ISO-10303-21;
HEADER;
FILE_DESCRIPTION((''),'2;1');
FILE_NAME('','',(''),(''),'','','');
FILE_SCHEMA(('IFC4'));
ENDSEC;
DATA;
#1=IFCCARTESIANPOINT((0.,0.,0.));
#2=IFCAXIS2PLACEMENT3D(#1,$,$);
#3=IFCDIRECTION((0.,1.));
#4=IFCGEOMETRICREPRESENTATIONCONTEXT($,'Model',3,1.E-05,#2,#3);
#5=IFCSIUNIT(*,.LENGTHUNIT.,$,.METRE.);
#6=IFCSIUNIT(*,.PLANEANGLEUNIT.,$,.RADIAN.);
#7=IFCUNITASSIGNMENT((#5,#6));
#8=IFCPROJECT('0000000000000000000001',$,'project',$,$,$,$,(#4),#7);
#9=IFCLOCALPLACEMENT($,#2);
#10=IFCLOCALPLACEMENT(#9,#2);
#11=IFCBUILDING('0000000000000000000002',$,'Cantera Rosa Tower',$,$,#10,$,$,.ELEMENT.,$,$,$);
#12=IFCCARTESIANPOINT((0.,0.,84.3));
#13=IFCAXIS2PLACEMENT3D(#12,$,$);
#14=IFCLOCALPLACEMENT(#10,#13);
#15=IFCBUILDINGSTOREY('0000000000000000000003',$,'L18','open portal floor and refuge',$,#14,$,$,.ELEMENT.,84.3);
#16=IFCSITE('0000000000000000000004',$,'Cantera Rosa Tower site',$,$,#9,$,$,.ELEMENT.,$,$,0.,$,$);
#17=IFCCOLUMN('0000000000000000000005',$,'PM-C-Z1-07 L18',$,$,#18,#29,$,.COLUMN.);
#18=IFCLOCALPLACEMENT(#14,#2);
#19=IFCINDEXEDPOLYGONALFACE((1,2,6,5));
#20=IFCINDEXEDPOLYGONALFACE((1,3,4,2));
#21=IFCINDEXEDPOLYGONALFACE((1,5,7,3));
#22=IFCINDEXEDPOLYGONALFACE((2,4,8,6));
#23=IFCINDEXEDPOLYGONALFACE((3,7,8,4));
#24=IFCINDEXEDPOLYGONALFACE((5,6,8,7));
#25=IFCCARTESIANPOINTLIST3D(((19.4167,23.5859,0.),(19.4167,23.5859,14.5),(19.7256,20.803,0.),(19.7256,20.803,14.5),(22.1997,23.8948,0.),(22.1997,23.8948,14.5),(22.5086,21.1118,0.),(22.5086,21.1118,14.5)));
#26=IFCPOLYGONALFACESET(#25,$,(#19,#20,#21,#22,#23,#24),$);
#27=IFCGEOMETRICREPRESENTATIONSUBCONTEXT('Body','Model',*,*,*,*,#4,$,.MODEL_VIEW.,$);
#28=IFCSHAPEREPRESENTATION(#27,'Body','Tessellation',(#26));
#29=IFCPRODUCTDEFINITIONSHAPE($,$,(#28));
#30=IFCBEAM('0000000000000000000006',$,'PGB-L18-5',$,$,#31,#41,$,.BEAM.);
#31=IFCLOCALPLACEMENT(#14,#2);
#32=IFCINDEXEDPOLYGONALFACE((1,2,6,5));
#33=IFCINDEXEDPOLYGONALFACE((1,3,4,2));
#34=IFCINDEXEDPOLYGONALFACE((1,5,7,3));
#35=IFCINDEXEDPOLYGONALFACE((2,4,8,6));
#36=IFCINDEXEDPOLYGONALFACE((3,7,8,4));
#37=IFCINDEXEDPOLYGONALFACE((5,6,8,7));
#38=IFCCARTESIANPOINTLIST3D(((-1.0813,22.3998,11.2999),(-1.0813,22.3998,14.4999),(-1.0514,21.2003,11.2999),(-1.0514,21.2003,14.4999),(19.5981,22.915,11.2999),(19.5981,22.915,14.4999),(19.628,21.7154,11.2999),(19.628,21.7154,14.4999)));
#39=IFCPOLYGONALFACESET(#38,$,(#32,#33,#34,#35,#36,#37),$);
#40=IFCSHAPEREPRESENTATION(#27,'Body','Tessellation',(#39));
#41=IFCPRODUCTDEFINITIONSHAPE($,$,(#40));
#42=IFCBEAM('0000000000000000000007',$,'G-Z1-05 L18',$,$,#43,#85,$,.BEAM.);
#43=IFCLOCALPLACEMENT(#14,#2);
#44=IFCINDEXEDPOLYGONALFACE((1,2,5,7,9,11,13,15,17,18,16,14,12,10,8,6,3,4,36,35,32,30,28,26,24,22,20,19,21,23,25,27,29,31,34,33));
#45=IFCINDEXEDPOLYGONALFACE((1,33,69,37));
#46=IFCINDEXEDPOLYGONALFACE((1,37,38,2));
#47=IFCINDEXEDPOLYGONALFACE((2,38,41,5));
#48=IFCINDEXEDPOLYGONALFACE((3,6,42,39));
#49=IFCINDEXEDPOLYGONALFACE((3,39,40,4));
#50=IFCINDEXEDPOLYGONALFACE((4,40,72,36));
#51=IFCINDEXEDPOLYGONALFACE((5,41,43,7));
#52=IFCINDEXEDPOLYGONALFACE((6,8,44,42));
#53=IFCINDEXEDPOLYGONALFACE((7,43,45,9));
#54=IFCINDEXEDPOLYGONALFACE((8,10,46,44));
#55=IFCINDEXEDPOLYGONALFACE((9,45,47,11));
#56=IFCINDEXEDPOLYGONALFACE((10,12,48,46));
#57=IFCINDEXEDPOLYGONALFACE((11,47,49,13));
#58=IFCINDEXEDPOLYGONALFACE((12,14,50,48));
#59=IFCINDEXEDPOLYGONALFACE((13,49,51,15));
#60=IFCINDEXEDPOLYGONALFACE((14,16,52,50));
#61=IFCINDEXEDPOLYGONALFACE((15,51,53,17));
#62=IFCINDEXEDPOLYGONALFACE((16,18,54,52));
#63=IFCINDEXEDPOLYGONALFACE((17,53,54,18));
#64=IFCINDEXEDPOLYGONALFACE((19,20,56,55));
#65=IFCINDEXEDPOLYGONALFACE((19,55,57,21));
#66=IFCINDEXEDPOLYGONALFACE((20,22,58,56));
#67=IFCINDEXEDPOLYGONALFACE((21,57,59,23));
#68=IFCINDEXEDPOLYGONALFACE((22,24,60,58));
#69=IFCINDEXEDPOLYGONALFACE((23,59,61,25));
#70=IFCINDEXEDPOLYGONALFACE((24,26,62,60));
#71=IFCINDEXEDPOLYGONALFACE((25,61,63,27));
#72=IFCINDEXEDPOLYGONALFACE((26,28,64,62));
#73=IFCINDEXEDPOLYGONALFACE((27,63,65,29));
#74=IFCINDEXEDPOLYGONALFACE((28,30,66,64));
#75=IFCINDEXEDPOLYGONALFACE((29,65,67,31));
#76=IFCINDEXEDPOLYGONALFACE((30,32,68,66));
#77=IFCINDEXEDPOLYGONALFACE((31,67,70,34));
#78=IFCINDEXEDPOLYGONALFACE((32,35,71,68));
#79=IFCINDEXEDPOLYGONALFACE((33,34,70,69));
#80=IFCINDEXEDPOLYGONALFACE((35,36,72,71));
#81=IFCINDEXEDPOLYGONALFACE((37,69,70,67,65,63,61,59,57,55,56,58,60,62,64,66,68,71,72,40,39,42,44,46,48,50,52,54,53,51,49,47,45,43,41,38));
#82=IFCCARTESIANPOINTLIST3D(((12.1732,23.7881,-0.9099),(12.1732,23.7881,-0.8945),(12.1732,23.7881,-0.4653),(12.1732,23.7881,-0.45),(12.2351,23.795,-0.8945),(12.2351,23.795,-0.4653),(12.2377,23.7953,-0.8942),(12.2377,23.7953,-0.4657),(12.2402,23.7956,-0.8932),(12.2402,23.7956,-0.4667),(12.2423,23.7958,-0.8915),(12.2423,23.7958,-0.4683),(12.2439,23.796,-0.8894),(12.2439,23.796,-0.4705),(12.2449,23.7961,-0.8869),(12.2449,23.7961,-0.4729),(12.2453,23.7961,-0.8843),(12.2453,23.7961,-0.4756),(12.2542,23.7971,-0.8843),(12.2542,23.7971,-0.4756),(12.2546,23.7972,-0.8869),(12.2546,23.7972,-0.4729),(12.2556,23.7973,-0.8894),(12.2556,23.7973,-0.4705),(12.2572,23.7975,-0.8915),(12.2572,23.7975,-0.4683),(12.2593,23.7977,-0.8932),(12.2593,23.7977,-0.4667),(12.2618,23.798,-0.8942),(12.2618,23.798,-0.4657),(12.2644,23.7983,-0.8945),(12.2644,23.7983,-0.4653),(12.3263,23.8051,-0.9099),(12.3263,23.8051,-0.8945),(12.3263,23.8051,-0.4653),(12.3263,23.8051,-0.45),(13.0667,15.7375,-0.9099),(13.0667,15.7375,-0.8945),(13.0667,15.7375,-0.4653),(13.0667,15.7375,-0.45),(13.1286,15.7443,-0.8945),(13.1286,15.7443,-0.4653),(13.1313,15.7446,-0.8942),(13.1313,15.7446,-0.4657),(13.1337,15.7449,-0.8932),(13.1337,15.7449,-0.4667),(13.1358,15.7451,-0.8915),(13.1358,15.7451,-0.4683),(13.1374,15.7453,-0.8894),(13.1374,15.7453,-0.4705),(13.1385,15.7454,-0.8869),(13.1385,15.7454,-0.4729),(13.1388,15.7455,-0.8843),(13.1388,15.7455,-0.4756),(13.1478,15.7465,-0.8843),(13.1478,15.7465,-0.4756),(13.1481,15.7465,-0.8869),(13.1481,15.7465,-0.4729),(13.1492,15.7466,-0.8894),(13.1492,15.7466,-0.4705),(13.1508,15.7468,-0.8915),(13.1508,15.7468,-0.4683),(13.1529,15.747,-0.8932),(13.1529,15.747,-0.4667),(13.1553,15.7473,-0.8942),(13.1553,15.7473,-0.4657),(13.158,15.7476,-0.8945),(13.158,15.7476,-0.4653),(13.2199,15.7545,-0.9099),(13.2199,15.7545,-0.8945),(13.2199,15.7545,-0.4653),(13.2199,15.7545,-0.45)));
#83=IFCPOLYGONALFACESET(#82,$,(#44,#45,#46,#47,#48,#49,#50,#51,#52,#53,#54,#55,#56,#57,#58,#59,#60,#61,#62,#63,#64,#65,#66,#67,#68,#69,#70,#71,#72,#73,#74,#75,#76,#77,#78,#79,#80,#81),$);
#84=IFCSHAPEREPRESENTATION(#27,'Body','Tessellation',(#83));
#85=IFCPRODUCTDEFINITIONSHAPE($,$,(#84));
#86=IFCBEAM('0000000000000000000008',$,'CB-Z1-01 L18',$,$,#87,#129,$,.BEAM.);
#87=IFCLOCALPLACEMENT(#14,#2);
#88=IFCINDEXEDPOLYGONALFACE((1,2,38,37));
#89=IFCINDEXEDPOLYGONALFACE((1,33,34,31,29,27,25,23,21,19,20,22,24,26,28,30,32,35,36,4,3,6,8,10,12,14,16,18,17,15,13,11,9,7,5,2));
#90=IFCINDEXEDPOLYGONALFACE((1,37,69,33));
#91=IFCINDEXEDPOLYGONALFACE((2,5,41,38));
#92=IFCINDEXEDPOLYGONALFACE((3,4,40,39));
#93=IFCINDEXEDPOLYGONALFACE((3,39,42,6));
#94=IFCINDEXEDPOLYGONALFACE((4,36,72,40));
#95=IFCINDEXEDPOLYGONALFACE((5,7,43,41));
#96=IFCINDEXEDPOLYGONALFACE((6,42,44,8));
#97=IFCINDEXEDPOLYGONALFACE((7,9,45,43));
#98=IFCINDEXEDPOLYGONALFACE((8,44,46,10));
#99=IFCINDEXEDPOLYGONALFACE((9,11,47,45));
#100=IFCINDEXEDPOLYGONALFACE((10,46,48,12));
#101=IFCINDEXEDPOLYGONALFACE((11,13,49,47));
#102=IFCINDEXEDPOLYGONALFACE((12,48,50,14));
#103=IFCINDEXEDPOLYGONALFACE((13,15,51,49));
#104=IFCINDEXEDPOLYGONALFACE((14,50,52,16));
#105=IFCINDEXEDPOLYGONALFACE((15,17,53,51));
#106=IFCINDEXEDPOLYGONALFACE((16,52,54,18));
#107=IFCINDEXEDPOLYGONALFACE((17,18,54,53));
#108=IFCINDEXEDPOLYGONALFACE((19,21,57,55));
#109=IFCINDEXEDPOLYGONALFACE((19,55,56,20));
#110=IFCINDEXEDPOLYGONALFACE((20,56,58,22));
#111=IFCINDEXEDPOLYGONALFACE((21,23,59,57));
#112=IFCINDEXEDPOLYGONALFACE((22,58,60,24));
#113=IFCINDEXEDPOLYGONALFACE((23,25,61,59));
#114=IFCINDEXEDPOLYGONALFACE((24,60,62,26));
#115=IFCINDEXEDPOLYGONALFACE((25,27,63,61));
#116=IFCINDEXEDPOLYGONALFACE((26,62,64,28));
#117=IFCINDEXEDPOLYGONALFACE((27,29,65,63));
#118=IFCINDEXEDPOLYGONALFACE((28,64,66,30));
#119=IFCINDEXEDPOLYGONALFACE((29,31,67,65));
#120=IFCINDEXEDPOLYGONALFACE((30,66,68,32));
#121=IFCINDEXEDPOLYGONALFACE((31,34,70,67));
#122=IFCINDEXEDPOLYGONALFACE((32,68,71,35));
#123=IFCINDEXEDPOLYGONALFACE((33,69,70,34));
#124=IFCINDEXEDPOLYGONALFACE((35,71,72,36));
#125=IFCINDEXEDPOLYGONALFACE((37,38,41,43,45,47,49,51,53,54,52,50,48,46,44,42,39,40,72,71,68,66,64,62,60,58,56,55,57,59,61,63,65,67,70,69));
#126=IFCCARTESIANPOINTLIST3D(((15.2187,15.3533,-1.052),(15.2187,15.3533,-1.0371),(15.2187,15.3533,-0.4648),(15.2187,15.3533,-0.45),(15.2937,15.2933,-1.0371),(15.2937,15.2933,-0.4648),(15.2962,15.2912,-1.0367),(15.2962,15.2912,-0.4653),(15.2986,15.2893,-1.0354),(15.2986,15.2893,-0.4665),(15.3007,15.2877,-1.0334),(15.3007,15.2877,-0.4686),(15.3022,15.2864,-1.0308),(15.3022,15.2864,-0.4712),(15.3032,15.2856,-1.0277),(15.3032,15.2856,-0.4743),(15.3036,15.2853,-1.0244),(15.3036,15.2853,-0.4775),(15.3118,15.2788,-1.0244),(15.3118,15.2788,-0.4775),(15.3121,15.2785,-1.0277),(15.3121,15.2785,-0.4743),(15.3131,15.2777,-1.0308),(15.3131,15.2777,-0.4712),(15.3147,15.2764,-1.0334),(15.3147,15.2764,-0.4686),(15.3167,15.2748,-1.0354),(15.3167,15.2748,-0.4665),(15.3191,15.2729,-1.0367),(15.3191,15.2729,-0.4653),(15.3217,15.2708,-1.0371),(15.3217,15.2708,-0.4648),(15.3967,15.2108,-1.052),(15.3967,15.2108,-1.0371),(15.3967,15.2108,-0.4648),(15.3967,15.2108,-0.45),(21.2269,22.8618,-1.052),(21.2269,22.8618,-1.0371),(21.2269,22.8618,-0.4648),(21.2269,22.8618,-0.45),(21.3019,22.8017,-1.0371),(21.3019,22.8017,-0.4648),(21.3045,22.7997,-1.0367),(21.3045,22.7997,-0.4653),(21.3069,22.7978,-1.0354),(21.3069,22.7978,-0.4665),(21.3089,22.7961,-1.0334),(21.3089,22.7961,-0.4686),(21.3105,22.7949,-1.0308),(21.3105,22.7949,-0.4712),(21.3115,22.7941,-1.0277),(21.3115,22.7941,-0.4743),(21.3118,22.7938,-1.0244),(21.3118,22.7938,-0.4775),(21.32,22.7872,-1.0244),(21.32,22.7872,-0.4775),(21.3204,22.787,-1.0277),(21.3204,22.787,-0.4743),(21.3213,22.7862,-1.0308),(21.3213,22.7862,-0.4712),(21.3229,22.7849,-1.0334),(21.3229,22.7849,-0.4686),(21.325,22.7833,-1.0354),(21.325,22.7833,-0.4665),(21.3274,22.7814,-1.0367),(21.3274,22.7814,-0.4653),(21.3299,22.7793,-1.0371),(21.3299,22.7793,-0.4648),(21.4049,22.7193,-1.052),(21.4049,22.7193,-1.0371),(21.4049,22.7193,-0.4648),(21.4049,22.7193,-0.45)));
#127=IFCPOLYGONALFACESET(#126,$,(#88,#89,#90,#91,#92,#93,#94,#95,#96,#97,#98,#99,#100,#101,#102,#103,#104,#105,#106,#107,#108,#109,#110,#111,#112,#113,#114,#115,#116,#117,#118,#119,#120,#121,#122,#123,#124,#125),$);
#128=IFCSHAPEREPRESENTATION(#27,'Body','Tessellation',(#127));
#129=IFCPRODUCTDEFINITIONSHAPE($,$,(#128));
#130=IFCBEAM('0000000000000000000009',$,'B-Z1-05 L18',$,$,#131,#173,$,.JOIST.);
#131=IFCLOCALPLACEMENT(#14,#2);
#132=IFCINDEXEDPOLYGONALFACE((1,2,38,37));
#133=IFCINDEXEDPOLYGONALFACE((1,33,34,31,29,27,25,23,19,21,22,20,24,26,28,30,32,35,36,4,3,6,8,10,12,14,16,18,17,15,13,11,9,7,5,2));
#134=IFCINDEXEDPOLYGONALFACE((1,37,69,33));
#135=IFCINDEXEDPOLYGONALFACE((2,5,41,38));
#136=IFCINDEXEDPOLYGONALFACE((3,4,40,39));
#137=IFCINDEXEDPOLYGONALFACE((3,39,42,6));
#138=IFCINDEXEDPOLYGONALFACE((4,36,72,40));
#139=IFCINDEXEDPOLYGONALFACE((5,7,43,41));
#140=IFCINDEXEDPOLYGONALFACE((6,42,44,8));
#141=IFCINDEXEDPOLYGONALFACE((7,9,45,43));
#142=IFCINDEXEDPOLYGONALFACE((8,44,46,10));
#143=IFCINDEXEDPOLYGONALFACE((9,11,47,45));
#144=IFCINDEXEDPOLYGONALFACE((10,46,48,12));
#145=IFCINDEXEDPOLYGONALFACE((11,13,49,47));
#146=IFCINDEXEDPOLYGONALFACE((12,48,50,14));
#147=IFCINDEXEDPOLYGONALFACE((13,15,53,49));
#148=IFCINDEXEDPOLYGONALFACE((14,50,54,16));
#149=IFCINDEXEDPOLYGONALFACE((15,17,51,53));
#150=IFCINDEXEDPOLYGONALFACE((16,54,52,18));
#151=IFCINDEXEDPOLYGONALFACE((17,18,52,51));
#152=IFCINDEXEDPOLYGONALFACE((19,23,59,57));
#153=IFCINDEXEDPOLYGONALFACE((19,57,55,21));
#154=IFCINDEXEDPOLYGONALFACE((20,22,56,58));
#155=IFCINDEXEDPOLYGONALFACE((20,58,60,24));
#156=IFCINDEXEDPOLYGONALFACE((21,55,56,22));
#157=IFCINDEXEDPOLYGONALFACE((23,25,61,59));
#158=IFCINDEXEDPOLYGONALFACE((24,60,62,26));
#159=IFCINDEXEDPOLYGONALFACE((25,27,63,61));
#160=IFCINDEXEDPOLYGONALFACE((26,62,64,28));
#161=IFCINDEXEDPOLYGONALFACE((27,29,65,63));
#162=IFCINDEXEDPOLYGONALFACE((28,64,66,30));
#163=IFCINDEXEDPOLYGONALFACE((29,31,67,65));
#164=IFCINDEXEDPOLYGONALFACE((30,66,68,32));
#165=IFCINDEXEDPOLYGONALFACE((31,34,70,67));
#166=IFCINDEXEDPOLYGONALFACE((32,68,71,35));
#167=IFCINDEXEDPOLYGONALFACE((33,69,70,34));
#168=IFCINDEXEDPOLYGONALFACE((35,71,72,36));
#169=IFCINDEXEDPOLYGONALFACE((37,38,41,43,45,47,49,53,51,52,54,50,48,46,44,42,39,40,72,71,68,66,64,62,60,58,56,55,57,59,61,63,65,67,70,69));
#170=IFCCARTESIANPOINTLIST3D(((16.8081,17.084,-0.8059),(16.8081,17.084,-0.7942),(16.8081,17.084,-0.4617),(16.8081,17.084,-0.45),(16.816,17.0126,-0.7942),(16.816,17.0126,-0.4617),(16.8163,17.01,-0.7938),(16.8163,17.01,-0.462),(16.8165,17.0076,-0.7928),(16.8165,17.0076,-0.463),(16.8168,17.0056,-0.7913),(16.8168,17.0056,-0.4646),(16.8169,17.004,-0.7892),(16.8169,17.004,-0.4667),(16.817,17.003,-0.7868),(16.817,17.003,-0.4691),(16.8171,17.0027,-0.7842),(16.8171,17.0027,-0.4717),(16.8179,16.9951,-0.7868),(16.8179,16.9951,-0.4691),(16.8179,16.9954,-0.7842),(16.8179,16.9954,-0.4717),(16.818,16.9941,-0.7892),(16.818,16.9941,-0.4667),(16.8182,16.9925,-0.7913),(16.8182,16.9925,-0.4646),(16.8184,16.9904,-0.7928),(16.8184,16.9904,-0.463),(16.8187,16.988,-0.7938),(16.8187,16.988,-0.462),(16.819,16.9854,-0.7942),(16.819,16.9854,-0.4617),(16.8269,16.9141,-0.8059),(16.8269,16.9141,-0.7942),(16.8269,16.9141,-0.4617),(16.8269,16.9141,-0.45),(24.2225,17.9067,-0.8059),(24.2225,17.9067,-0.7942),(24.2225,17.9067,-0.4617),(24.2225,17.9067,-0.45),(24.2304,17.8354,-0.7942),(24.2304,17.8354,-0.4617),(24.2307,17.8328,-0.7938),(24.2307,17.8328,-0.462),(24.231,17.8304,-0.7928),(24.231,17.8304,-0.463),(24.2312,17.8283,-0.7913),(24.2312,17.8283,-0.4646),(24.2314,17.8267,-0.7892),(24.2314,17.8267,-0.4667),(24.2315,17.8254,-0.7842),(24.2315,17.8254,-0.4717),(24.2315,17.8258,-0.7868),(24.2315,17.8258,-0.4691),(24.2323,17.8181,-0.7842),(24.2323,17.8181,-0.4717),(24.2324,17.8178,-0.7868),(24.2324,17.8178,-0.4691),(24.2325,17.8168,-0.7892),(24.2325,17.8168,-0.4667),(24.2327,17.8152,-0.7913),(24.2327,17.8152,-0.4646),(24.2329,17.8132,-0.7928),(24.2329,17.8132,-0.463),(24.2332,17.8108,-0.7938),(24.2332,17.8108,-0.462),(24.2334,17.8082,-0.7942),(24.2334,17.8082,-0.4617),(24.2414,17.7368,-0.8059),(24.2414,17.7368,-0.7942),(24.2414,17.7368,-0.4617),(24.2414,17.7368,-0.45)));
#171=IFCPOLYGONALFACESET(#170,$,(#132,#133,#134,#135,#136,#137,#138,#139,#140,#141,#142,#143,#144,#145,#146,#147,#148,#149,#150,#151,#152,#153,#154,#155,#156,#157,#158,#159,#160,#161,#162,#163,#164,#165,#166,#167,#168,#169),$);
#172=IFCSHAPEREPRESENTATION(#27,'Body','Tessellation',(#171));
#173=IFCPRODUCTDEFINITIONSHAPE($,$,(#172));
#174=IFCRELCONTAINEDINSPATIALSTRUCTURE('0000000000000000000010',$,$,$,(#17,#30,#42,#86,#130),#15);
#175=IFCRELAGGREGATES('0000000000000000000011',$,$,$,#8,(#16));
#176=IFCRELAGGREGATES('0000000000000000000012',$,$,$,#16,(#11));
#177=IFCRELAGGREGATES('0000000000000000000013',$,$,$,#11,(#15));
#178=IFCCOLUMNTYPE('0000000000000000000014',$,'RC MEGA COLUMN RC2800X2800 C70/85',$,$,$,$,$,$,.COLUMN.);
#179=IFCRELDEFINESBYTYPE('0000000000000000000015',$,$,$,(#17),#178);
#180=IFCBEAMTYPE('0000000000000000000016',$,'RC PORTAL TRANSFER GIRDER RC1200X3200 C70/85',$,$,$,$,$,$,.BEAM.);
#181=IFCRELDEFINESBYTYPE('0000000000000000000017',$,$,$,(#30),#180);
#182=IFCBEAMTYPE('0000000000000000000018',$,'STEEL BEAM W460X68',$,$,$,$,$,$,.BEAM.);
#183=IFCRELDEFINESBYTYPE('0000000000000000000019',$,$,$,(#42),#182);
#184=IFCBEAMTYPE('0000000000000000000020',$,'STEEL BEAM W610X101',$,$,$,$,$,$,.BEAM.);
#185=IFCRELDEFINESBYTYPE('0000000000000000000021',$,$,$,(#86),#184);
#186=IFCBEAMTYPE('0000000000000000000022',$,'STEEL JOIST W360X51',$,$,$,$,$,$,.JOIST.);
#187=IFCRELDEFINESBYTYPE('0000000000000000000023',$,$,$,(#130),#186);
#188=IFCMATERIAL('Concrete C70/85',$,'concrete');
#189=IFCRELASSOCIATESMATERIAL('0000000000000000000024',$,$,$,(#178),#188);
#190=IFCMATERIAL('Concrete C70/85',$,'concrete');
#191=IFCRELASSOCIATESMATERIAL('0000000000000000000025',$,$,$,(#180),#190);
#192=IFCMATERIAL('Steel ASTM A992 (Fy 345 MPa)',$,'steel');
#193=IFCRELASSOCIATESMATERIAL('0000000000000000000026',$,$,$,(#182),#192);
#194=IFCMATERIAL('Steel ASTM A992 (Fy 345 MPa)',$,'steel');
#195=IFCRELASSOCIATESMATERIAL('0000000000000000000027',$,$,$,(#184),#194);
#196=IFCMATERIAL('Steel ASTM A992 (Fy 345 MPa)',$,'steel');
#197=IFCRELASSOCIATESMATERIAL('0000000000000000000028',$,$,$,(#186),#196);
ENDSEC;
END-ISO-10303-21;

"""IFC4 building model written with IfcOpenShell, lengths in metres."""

from ifc_helpers import new_model, si_unit, direction, frame, origin, origin_2d, place, context, subcontext, project, spatial, rectangle, i_section, extrude, material, material_profile, profile_set, type_object, element, save


model = new_model("IFC4")

# Units and contexts
model_context = context("Model", 3, precision=1e-05, world=origin(), true_north=direction((0.0, 1.0)))
body_context = subcontext(model_context, "Body", "Model", "MODEL_VIEW")
ifc_project = project(units=[si_unit("LENGTHUNIT", "METRE"), si_unit("PLANEANGLEUNIT", "RADIAN")], contexts=[model_context])

# Site, building, storey
site_placement = place(None, origin())
site = spatial("IfcSite", under=ifc_project, at=site_placement, Name="Cantera Rosa Tower site", CompositionType="ELEMENT", RefElevation=0.0)
building_placement = place(site_placement, origin())
building = spatial("IfcBuilding", under=site, at=building_placement, Name="Cantera Rosa Tower", CompositionType="ELEMENT")
storey_placement = place(building_placement, frame((0.0, 0.0, 84.3)))
storey = spatial("IfcBuildingStorey", under=building, at=storey_placement, Name="L18", Description="open portal floor and refuge", CompositionType="ELEMENT", Elevation=84.3)

# Column
ifc_material_1 = material(Name="Concrete C70/85", Category="concrete")
ifc_material_profile_1 = material_profile(ifc_material_1, rectangle(XDim=2.8, YDim=2.8, at=origin_2d()), Name="RC MEGA COLUMN RC2800X2800 C70/85")
ifc_profile_set_1 = profile_set([ifc_material_profile_1], Name="Concrete C70/85")
column_type = type_object("IfcColumnType", Name="RC MEGA COLUMN RC2800X2800 C70/85", PredefinedType="COLUMN", material=ifc_profile_set_1)
column_placement = place(storey_placement, frame((20.9626, 22.3489, 0.0), z_axis=(0.0, 0.0, 1.0), x_axis=(0.993897, 0.110313, 0.0)))
element("IfcColumn", 1, at=column_placement, inside=storey, type_object=column_type, Name="PM-C-Z1-07 L18", PredefinedType="COLUMN", context=body_context, shape_type="SweptSolid", body=[
    extrude(rectangle(XDim=2.8, YDim=2.8, at=origin_2d()), origin(), (0.0, 0.0, 1.0), 14.5),
])

# Beams
ifc_material_2 = material(Name="Concrete C70/85", Category="concrete")
ifc_material_profile_2 = material_profile(ifc_material_2, rectangle(XDim=1.2, YDim=3.2, at=origin_2d()), Name="RC PORTAL TRANSFER GIRDER RC1200X3200 C70/85")
ifc_profile_set_2 = profile_set([ifc_material_profile_2], Name="Concrete C70/85")
beam_type_1 = type_object("IfcBeamType", Name="RC PORTAL TRANSFER GIRDER RC1200X3200 C70/85", PredefinedType="BEAM", material=ifc_profile_set_2)
beam_1_placement = place(storey_placement, frame((19.613, 22.3152, 12.8999), z_axis=(-0.99969, -0.024903, 0.0), x_axis=(0.024903, -0.99969, 0.0)))
element("IfcBeam", 2, at=beam_1_placement, inside=storey, type_object=beam_type_1, Name="PGB-L18-5", PredefinedType="BEAM", context=body_context, shape_type="SweptSolid", body=[
    extrude(rectangle(XDim=1.2, YDim=3.2, at=origin_2d()), origin(), (0.0, 0.0, 1.0), 20.6858),
])
ifc_material_3 = material(Name="Steel ASTM A992 (Fy 345 MPa)", Category="steel")
ifc_material_profile_3 = material_profile(ifc_material_3, i_section(OverallWidth=0.1541, OverallDepth=0.46, WebThickness=0.009, FlangeThickness=0.0154, FilletRadius=0.0103, at=origin_2d()), Name="W460X68")
ifc_profile_set_3 = profile_set([ifc_material_profile_3], Name="Steel ASTM A992 (Fy 345 MPa)")
beam_type_2 = type_object("IfcBeamType", Name="STEEL BEAM W460X68", PredefinedType="BEAM", material=ifc_profile_set_3)
beam_2_placement = place(storey_placement, frame((12.2498, 23.7966, -0.6799), z_axis=(0.110312, -0.993897, 0.0), x_axis=(0.993897, 0.110312, 0.0)))
element("IfcBeam", 3, at=beam_2_placement, inside=storey, type_object=beam_type_2, Name="G-Z1-05 L18", PredefinedType="BEAM", context=body_context, shape_type="SweptSolid", body=[
    extrude(i_section(OverallWidth=0.1541, OverallDepth=0.46, WebThickness=0.009, FlangeThickness=0.0154, FilletRadius=0.0103, at=origin_2d()), origin(), (0.0, 0.0, 1.0), 8.1001),
])
ifc_material_4 = material(Name="Steel ASTM A992 (Fy 345 MPa)", Category="steel")
ifc_material_profile_4 = material_profile(ifc_material_4, i_section(OverallWidth=0.228, OverallDepth=0.6021, WebThickness=0.0105, FlangeThickness=0.0149, FilletRadius=0.0127, at=origin_2d()), Name="W610X101")
ifc_profile_set_4 = profile_set([ifc_material_profile_4], Name="Steel ASTM A992 (Fy 345 MPa)")
beam_type_3 = type_object("IfcBeamType", Name="STEEL BEAM W610X101", PredefinedType="BEAM", material=ifc_profile_set_4)
beam_3_placement = place(storey_placement, frame((21.3159, 22.7905, -0.751), z_axis=(-0.624788, -0.780794, 0.0), x_axis=(0.780794, -0.624788, 0.0)))
element("IfcBeam", 4, at=beam_3_placement, inside=storey, type_object=beam_type_3, Name="CB-Z1-01 L18", PredefinedType="BEAM", context=body_context, shape_type="SweptSolid", body=[
    extrude(i_section(OverallWidth=0.228, OverallDepth=0.6021, WebThickness=0.0105, FlangeThickness=0.0149, FilletRadius=0.0127, at=origin_2d()), origin(), (0.0, 0.0, 1.0), 9.6165),
])
ifc_material_5 = material(Name="Steel ASTM A992 (Fy 345 MPa)", Category="steel")
ifc_material_profile_5 = material_profile(ifc_material_5, i_section(OverallWidth=0.1709, OverallDepth=0.356, WebThickness=0.0073, FlangeThickness=0.0117, FilletRadius=0.01, at=origin_2d()), Name="W360X51")
ifc_profile_set_5 = profile_set([ifc_material_profile_5], Name="Steel ASTM A992 (Fy 345 MPa)")
beam_type_4 = type_object("IfcBeamType", Name="STEEL JOIST W360X51", PredefinedType="JOIST", material=ifc_profile_set_5)
beam_4_placement = place(storey_placement, frame((24.2319, 17.8218, -0.6279), z_axis=(-0.9939, -0.110288, 0.0), x_axis=(0.110288, -0.9939, 0.0)))
element("IfcBeam", 5, at=beam_4_placement, inside=storey, type_object=beam_type_4, Name="B-Z1-05 L18", PredefinedType="JOIST", context=body_context, shape_type="SweptSolid", body=[
    extrude(i_section(OverallWidth=0.1709, OverallDepth=0.356, WebThickness=0.0073, FlangeThickness=0.0117, FilletRadius=0.01, at=origin_2d()), origin(), (0.0, 0.0, 1.0), 7.46),
])

save(model, "model.ifc")
